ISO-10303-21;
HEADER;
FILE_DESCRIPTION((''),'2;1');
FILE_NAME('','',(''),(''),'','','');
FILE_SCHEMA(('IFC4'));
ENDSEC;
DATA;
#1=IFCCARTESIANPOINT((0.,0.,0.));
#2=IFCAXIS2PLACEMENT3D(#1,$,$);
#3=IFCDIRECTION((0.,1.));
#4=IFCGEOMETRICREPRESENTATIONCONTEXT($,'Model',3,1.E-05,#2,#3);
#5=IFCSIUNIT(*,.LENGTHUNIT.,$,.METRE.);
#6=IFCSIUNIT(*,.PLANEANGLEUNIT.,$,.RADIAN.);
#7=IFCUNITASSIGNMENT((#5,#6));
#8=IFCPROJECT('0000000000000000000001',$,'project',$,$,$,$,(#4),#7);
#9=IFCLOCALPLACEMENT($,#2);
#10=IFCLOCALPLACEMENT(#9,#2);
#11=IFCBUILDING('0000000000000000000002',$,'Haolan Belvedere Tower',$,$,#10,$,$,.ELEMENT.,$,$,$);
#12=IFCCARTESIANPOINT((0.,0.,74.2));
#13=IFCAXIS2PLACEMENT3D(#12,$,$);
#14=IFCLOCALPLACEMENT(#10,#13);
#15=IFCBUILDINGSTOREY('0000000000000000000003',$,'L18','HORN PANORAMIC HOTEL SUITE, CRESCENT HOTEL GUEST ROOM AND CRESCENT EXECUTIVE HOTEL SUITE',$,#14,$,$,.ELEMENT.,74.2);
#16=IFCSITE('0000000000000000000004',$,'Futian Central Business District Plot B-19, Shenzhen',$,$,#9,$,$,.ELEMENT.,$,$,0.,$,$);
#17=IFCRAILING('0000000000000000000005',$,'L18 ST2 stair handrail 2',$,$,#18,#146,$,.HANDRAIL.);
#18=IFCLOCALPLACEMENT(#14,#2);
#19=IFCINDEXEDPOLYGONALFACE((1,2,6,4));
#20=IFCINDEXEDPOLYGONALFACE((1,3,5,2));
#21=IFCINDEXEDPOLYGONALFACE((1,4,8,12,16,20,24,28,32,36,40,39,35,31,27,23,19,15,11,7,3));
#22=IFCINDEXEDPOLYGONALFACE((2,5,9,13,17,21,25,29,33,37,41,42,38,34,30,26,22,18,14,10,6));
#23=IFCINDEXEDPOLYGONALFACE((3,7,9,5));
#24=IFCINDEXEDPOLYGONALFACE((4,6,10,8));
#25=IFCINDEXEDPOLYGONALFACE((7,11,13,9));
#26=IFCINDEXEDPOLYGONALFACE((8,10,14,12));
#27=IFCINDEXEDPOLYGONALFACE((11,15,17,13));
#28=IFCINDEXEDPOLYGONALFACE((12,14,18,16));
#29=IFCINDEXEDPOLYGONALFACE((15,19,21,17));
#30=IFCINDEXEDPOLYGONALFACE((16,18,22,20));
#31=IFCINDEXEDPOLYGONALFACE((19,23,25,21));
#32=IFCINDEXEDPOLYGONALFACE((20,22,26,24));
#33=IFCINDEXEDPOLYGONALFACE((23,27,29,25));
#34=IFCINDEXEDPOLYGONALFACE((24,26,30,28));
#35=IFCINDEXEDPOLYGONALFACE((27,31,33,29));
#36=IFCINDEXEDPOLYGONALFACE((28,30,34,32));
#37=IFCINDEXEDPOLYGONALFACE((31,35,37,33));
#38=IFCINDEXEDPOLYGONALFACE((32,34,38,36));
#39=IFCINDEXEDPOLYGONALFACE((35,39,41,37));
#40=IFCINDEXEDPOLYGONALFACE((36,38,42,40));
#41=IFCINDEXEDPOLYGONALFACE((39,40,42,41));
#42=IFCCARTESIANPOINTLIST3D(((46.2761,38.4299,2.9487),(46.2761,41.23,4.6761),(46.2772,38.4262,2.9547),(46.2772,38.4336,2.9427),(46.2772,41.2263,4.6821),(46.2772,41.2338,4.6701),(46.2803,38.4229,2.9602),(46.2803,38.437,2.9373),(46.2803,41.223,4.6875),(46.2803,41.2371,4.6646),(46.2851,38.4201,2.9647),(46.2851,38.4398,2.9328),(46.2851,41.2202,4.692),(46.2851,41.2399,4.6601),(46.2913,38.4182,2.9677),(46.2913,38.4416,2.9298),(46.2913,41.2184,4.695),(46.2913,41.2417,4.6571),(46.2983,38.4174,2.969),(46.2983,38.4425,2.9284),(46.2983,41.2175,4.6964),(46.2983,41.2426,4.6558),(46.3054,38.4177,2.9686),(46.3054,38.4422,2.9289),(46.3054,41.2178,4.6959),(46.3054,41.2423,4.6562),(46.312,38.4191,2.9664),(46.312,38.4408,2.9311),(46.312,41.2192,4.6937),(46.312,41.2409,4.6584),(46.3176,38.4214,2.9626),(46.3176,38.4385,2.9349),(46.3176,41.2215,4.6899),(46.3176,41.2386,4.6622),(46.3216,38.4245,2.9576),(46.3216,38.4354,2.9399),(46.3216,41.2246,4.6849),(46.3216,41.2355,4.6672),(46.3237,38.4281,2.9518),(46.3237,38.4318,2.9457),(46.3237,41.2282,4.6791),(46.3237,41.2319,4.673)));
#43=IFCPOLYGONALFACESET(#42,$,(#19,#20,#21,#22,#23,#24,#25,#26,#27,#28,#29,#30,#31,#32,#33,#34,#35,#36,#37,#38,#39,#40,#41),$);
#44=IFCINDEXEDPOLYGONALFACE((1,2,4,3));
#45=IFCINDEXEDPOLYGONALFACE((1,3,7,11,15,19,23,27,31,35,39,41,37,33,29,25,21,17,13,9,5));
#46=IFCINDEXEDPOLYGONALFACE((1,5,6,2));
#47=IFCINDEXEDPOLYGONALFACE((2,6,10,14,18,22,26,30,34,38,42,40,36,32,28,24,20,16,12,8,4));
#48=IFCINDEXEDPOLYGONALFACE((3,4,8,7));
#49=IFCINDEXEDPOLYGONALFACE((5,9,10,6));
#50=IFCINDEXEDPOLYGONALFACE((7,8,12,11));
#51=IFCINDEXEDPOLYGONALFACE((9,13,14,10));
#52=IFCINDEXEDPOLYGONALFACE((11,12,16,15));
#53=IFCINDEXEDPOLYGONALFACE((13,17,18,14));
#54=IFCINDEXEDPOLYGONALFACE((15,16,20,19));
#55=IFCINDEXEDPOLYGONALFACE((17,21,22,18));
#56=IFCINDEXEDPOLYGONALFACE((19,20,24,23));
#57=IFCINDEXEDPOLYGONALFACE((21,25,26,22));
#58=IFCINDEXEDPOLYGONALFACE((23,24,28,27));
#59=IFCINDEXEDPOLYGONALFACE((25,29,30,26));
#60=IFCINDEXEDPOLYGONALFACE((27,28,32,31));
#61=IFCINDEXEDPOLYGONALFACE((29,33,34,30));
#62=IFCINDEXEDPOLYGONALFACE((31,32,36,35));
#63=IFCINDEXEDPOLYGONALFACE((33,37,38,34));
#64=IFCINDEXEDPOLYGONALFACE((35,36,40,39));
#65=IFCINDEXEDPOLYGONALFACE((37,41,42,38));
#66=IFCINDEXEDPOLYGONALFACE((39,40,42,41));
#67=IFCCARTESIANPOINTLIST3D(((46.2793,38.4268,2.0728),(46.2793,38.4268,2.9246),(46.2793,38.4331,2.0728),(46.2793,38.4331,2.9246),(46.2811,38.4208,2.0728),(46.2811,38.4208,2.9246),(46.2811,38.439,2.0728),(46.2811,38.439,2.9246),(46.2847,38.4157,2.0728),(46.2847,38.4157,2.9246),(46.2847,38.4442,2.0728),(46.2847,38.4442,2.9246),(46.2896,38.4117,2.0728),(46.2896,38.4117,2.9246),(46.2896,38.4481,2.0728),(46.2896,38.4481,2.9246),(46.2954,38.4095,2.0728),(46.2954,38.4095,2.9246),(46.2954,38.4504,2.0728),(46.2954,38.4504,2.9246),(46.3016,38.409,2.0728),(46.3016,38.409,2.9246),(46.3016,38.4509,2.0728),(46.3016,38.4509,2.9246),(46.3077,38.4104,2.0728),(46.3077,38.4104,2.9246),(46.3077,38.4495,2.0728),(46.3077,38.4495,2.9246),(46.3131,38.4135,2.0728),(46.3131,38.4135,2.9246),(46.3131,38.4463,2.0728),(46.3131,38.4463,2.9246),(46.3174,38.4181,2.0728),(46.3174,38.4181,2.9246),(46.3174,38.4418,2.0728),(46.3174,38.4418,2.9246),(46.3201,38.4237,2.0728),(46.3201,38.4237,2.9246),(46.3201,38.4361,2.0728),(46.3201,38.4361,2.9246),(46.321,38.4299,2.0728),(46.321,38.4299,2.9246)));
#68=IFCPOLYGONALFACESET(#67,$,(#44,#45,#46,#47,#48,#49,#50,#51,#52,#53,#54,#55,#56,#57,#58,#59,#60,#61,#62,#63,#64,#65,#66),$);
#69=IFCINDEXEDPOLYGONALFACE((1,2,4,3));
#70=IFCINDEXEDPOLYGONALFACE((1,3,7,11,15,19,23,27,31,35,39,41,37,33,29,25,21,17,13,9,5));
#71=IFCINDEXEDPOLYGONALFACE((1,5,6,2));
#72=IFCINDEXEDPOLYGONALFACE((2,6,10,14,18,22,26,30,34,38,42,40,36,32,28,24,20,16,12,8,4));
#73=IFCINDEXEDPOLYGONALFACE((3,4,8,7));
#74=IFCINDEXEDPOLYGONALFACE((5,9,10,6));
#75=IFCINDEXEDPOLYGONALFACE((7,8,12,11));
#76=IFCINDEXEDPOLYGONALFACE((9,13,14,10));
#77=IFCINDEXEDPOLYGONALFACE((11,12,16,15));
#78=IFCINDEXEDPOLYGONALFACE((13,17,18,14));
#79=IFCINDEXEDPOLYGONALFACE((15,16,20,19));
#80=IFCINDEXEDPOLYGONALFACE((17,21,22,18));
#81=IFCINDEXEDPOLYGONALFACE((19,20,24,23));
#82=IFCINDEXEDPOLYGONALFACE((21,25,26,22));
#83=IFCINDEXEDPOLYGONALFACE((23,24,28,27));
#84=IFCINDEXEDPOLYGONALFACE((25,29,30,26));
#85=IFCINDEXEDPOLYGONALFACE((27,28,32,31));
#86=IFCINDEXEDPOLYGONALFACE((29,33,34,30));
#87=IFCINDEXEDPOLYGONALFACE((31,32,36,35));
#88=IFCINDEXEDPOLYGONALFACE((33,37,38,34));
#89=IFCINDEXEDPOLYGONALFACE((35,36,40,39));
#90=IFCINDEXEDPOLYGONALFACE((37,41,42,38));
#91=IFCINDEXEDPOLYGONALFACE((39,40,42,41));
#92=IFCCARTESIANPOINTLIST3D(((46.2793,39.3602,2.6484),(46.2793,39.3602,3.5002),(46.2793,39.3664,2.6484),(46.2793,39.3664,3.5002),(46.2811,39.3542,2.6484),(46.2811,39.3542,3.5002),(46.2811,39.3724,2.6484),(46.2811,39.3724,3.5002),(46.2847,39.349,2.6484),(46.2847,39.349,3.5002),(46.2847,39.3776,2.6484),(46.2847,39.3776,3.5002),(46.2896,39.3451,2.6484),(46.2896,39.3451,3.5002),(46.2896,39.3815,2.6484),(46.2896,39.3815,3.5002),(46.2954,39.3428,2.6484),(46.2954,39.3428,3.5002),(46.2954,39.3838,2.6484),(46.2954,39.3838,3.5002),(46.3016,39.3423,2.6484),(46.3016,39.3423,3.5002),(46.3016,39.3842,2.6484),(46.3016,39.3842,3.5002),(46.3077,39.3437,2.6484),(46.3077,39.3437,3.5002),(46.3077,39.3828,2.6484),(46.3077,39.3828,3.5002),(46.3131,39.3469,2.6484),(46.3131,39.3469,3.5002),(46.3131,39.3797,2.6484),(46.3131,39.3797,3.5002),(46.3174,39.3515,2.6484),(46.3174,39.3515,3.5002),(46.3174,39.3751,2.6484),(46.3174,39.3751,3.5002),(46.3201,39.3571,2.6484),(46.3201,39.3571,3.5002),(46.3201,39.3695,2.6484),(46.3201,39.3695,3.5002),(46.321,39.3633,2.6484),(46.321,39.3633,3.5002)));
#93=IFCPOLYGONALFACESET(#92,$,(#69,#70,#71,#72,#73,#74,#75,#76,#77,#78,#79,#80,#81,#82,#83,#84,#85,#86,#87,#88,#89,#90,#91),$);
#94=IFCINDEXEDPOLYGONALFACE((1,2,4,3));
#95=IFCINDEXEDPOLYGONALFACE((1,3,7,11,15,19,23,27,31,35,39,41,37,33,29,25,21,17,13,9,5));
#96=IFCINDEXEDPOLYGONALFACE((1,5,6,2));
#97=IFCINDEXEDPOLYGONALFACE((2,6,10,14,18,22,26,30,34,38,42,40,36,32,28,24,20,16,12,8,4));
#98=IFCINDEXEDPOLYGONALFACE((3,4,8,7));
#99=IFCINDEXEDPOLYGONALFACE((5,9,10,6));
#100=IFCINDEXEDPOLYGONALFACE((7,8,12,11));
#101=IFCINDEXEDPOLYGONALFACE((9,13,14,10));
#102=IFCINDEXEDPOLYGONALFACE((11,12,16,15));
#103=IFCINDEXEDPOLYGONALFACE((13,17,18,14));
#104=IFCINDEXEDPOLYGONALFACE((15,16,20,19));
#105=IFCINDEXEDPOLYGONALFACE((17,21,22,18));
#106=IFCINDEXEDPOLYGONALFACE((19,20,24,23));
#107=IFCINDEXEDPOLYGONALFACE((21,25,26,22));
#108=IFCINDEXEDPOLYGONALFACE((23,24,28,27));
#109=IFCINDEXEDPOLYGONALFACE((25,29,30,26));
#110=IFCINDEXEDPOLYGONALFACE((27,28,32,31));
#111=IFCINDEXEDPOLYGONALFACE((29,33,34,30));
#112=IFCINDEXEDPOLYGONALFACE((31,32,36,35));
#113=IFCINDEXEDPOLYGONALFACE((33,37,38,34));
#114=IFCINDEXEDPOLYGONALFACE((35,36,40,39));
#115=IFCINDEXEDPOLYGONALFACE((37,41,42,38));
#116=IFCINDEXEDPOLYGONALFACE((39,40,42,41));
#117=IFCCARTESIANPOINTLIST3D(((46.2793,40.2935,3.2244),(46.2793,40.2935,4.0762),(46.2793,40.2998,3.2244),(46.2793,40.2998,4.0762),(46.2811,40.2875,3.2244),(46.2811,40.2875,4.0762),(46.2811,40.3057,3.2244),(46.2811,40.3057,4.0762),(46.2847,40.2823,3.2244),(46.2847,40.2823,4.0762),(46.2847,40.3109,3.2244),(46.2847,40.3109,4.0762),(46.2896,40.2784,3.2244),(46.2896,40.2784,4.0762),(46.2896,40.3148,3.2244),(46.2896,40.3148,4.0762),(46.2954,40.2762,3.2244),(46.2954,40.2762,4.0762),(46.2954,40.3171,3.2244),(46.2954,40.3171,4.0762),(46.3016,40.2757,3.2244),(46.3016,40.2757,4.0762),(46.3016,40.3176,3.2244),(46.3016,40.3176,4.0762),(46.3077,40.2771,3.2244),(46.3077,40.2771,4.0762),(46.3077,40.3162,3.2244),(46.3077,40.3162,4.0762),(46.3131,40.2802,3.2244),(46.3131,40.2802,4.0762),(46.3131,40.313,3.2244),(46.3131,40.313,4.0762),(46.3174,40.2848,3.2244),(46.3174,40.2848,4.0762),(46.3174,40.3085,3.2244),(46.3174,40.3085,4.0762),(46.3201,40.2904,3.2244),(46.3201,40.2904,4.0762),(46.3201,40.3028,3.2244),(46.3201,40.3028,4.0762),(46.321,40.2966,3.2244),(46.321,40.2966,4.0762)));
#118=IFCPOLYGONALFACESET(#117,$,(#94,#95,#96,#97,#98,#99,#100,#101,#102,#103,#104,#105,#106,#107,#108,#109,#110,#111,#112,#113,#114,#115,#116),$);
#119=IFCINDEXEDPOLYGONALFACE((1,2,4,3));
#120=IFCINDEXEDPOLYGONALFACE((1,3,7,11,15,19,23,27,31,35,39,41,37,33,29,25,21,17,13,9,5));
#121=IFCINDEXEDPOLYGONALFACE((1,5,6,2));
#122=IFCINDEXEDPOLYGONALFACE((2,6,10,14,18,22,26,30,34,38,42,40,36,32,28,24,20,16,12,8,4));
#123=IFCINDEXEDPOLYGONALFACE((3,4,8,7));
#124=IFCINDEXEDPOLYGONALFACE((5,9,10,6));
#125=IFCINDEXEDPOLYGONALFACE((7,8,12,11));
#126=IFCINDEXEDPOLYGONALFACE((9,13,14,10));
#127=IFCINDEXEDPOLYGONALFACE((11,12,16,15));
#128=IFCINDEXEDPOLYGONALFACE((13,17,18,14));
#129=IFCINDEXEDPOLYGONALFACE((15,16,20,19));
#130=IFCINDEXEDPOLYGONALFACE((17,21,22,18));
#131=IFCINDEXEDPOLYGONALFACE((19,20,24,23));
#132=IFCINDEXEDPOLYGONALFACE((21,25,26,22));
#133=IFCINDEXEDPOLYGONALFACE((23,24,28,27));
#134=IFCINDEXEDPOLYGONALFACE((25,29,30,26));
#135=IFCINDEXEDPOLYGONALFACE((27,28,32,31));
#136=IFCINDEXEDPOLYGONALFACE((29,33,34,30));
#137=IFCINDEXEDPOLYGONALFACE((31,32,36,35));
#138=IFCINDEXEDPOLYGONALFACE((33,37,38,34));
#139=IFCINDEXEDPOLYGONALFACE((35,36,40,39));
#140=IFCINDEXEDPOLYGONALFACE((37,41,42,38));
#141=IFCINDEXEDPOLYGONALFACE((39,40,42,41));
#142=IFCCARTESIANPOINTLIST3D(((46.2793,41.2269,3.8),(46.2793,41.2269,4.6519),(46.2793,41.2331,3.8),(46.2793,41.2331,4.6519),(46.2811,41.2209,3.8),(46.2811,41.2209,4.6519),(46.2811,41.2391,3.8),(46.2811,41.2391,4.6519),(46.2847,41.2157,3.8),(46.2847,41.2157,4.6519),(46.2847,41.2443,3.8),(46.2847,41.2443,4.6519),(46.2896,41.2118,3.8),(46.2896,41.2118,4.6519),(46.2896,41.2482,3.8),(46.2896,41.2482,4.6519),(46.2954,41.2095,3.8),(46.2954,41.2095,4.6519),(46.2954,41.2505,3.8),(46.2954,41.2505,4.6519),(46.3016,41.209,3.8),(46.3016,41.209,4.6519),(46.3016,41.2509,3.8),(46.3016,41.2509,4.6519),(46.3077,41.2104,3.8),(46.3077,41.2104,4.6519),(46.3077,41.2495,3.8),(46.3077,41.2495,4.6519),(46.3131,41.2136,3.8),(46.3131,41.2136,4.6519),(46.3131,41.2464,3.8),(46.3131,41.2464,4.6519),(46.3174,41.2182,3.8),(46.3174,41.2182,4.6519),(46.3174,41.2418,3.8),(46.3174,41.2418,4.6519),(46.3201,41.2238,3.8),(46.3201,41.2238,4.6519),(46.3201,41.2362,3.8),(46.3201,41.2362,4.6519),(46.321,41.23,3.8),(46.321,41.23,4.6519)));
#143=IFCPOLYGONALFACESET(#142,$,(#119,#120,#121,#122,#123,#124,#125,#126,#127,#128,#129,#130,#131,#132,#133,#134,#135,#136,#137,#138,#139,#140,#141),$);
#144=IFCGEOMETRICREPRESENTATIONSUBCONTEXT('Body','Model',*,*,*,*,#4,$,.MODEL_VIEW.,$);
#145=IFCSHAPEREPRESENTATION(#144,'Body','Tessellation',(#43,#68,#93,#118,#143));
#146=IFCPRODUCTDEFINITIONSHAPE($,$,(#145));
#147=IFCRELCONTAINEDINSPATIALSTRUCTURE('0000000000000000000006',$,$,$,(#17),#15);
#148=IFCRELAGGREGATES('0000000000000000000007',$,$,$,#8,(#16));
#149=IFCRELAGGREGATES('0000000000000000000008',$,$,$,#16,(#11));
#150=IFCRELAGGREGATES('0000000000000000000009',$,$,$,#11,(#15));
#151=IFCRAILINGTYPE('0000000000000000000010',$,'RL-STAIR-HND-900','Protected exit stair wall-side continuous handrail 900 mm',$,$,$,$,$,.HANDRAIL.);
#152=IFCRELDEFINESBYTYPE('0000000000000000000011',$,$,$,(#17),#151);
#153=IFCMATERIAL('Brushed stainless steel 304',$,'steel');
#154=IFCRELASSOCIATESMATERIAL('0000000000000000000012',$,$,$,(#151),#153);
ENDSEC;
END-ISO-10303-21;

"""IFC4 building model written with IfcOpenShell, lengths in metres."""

from ifc_helpers import new_model, si_unit, direction, frame, origin, origin_2d, place, context, subcontext, project, spatial, circle, extrude, material, type_object, element, save


model = new_model("IFC4")

# Units and contexts
model_context = context("Model", 3, precision=1e-05, world=origin(), true_north=direction((0.0, 1.0)))
body_context = subcontext(model_context, "Body", "Model", "MODEL_VIEW")
ifc_project = project(units=[si_unit("LENGTHUNIT", "METRE"), si_unit("PLANEANGLEUNIT", "RADIAN")], contexts=[model_context])

# Site, building, storey
site_placement = place(None, origin())
site = spatial("IfcSite", under=ifc_project, at=site_placement, Name="Futian Central Business District Plot B-19, Shenzhen", CompositionType="ELEMENT", RefElevation=0.0)
building_placement = place(site_placement, origin())
building = spatial("IfcBuilding", under=site, at=building_placement, Name="Haolan Belvedere Tower", CompositionType="ELEMENT")
storey_placement = place(building_placement, frame((0.0, 0.0, 74.2)))
storey = spatial("IfcBuildingStorey", under=building, at=storey_placement, Name="L18", Description="HORN PANORAMIC HOTEL SUITE, CRESCENT HOTEL GUEST ROOM AND CRESCENT EXECUTIVE HOTEL SUITE", CompositionType="ELEMENT", Elevation=74.2)

# Railing
ifc_material_1 = material(Name="Brushed stainless steel 304", Category="steel")
railing_type_1 = type_object("IfcRailingType", Name="RL-STAIR-HND-900", Description="Protected exit stair wall-side continuous handrail 900 mm", PredefinedType="HANDRAIL", material=ifc_material_1)
railing_1_placement = place(storey_placement, frame((46.3, 38.4299, 2.0728)))
element("IfcRailing", 1, at=railing_1_placement, inside=storey, type_object=railing_type_1, Name="L18 ST2 stair handrail 2", PredefinedType="HANDRAIL", context=body_context, shape_type="SweptSolid", body=[
    extrude(circle(Radius=0.0239, at=origin_2d()), frame((0.0, 0.0, 0.876), z_axis=(0.0, 0.85109, 0.52502), x_axis=(-1.0, 0.0, 0.0)), (0.0, 0.0, 1.0), 3.29),
    extrude(circle(Radius=0.021, at=origin_2d()), origin(), (0.0, 0.0, 1.0), 0.8518),
    extrude(circle(Radius=0.021, at=origin_2d()), frame((0.0, 0.9333, 0.5757)), (0.0, 0.0, 1.0), 0.8518),
    extrude(circle(Radius=0.021, at=origin_2d()), frame((0.0, 1.8667, 1.1516)), (0.0, 0.0, 1.0), 0.8518),
    extrude(circle(Radius=0.021, at=origin_2d()), frame((0.0, 2.8, 1.7273)), (0.0, 0.0, 1.0), 0.8518),
])

save(model, "model.ifc")
